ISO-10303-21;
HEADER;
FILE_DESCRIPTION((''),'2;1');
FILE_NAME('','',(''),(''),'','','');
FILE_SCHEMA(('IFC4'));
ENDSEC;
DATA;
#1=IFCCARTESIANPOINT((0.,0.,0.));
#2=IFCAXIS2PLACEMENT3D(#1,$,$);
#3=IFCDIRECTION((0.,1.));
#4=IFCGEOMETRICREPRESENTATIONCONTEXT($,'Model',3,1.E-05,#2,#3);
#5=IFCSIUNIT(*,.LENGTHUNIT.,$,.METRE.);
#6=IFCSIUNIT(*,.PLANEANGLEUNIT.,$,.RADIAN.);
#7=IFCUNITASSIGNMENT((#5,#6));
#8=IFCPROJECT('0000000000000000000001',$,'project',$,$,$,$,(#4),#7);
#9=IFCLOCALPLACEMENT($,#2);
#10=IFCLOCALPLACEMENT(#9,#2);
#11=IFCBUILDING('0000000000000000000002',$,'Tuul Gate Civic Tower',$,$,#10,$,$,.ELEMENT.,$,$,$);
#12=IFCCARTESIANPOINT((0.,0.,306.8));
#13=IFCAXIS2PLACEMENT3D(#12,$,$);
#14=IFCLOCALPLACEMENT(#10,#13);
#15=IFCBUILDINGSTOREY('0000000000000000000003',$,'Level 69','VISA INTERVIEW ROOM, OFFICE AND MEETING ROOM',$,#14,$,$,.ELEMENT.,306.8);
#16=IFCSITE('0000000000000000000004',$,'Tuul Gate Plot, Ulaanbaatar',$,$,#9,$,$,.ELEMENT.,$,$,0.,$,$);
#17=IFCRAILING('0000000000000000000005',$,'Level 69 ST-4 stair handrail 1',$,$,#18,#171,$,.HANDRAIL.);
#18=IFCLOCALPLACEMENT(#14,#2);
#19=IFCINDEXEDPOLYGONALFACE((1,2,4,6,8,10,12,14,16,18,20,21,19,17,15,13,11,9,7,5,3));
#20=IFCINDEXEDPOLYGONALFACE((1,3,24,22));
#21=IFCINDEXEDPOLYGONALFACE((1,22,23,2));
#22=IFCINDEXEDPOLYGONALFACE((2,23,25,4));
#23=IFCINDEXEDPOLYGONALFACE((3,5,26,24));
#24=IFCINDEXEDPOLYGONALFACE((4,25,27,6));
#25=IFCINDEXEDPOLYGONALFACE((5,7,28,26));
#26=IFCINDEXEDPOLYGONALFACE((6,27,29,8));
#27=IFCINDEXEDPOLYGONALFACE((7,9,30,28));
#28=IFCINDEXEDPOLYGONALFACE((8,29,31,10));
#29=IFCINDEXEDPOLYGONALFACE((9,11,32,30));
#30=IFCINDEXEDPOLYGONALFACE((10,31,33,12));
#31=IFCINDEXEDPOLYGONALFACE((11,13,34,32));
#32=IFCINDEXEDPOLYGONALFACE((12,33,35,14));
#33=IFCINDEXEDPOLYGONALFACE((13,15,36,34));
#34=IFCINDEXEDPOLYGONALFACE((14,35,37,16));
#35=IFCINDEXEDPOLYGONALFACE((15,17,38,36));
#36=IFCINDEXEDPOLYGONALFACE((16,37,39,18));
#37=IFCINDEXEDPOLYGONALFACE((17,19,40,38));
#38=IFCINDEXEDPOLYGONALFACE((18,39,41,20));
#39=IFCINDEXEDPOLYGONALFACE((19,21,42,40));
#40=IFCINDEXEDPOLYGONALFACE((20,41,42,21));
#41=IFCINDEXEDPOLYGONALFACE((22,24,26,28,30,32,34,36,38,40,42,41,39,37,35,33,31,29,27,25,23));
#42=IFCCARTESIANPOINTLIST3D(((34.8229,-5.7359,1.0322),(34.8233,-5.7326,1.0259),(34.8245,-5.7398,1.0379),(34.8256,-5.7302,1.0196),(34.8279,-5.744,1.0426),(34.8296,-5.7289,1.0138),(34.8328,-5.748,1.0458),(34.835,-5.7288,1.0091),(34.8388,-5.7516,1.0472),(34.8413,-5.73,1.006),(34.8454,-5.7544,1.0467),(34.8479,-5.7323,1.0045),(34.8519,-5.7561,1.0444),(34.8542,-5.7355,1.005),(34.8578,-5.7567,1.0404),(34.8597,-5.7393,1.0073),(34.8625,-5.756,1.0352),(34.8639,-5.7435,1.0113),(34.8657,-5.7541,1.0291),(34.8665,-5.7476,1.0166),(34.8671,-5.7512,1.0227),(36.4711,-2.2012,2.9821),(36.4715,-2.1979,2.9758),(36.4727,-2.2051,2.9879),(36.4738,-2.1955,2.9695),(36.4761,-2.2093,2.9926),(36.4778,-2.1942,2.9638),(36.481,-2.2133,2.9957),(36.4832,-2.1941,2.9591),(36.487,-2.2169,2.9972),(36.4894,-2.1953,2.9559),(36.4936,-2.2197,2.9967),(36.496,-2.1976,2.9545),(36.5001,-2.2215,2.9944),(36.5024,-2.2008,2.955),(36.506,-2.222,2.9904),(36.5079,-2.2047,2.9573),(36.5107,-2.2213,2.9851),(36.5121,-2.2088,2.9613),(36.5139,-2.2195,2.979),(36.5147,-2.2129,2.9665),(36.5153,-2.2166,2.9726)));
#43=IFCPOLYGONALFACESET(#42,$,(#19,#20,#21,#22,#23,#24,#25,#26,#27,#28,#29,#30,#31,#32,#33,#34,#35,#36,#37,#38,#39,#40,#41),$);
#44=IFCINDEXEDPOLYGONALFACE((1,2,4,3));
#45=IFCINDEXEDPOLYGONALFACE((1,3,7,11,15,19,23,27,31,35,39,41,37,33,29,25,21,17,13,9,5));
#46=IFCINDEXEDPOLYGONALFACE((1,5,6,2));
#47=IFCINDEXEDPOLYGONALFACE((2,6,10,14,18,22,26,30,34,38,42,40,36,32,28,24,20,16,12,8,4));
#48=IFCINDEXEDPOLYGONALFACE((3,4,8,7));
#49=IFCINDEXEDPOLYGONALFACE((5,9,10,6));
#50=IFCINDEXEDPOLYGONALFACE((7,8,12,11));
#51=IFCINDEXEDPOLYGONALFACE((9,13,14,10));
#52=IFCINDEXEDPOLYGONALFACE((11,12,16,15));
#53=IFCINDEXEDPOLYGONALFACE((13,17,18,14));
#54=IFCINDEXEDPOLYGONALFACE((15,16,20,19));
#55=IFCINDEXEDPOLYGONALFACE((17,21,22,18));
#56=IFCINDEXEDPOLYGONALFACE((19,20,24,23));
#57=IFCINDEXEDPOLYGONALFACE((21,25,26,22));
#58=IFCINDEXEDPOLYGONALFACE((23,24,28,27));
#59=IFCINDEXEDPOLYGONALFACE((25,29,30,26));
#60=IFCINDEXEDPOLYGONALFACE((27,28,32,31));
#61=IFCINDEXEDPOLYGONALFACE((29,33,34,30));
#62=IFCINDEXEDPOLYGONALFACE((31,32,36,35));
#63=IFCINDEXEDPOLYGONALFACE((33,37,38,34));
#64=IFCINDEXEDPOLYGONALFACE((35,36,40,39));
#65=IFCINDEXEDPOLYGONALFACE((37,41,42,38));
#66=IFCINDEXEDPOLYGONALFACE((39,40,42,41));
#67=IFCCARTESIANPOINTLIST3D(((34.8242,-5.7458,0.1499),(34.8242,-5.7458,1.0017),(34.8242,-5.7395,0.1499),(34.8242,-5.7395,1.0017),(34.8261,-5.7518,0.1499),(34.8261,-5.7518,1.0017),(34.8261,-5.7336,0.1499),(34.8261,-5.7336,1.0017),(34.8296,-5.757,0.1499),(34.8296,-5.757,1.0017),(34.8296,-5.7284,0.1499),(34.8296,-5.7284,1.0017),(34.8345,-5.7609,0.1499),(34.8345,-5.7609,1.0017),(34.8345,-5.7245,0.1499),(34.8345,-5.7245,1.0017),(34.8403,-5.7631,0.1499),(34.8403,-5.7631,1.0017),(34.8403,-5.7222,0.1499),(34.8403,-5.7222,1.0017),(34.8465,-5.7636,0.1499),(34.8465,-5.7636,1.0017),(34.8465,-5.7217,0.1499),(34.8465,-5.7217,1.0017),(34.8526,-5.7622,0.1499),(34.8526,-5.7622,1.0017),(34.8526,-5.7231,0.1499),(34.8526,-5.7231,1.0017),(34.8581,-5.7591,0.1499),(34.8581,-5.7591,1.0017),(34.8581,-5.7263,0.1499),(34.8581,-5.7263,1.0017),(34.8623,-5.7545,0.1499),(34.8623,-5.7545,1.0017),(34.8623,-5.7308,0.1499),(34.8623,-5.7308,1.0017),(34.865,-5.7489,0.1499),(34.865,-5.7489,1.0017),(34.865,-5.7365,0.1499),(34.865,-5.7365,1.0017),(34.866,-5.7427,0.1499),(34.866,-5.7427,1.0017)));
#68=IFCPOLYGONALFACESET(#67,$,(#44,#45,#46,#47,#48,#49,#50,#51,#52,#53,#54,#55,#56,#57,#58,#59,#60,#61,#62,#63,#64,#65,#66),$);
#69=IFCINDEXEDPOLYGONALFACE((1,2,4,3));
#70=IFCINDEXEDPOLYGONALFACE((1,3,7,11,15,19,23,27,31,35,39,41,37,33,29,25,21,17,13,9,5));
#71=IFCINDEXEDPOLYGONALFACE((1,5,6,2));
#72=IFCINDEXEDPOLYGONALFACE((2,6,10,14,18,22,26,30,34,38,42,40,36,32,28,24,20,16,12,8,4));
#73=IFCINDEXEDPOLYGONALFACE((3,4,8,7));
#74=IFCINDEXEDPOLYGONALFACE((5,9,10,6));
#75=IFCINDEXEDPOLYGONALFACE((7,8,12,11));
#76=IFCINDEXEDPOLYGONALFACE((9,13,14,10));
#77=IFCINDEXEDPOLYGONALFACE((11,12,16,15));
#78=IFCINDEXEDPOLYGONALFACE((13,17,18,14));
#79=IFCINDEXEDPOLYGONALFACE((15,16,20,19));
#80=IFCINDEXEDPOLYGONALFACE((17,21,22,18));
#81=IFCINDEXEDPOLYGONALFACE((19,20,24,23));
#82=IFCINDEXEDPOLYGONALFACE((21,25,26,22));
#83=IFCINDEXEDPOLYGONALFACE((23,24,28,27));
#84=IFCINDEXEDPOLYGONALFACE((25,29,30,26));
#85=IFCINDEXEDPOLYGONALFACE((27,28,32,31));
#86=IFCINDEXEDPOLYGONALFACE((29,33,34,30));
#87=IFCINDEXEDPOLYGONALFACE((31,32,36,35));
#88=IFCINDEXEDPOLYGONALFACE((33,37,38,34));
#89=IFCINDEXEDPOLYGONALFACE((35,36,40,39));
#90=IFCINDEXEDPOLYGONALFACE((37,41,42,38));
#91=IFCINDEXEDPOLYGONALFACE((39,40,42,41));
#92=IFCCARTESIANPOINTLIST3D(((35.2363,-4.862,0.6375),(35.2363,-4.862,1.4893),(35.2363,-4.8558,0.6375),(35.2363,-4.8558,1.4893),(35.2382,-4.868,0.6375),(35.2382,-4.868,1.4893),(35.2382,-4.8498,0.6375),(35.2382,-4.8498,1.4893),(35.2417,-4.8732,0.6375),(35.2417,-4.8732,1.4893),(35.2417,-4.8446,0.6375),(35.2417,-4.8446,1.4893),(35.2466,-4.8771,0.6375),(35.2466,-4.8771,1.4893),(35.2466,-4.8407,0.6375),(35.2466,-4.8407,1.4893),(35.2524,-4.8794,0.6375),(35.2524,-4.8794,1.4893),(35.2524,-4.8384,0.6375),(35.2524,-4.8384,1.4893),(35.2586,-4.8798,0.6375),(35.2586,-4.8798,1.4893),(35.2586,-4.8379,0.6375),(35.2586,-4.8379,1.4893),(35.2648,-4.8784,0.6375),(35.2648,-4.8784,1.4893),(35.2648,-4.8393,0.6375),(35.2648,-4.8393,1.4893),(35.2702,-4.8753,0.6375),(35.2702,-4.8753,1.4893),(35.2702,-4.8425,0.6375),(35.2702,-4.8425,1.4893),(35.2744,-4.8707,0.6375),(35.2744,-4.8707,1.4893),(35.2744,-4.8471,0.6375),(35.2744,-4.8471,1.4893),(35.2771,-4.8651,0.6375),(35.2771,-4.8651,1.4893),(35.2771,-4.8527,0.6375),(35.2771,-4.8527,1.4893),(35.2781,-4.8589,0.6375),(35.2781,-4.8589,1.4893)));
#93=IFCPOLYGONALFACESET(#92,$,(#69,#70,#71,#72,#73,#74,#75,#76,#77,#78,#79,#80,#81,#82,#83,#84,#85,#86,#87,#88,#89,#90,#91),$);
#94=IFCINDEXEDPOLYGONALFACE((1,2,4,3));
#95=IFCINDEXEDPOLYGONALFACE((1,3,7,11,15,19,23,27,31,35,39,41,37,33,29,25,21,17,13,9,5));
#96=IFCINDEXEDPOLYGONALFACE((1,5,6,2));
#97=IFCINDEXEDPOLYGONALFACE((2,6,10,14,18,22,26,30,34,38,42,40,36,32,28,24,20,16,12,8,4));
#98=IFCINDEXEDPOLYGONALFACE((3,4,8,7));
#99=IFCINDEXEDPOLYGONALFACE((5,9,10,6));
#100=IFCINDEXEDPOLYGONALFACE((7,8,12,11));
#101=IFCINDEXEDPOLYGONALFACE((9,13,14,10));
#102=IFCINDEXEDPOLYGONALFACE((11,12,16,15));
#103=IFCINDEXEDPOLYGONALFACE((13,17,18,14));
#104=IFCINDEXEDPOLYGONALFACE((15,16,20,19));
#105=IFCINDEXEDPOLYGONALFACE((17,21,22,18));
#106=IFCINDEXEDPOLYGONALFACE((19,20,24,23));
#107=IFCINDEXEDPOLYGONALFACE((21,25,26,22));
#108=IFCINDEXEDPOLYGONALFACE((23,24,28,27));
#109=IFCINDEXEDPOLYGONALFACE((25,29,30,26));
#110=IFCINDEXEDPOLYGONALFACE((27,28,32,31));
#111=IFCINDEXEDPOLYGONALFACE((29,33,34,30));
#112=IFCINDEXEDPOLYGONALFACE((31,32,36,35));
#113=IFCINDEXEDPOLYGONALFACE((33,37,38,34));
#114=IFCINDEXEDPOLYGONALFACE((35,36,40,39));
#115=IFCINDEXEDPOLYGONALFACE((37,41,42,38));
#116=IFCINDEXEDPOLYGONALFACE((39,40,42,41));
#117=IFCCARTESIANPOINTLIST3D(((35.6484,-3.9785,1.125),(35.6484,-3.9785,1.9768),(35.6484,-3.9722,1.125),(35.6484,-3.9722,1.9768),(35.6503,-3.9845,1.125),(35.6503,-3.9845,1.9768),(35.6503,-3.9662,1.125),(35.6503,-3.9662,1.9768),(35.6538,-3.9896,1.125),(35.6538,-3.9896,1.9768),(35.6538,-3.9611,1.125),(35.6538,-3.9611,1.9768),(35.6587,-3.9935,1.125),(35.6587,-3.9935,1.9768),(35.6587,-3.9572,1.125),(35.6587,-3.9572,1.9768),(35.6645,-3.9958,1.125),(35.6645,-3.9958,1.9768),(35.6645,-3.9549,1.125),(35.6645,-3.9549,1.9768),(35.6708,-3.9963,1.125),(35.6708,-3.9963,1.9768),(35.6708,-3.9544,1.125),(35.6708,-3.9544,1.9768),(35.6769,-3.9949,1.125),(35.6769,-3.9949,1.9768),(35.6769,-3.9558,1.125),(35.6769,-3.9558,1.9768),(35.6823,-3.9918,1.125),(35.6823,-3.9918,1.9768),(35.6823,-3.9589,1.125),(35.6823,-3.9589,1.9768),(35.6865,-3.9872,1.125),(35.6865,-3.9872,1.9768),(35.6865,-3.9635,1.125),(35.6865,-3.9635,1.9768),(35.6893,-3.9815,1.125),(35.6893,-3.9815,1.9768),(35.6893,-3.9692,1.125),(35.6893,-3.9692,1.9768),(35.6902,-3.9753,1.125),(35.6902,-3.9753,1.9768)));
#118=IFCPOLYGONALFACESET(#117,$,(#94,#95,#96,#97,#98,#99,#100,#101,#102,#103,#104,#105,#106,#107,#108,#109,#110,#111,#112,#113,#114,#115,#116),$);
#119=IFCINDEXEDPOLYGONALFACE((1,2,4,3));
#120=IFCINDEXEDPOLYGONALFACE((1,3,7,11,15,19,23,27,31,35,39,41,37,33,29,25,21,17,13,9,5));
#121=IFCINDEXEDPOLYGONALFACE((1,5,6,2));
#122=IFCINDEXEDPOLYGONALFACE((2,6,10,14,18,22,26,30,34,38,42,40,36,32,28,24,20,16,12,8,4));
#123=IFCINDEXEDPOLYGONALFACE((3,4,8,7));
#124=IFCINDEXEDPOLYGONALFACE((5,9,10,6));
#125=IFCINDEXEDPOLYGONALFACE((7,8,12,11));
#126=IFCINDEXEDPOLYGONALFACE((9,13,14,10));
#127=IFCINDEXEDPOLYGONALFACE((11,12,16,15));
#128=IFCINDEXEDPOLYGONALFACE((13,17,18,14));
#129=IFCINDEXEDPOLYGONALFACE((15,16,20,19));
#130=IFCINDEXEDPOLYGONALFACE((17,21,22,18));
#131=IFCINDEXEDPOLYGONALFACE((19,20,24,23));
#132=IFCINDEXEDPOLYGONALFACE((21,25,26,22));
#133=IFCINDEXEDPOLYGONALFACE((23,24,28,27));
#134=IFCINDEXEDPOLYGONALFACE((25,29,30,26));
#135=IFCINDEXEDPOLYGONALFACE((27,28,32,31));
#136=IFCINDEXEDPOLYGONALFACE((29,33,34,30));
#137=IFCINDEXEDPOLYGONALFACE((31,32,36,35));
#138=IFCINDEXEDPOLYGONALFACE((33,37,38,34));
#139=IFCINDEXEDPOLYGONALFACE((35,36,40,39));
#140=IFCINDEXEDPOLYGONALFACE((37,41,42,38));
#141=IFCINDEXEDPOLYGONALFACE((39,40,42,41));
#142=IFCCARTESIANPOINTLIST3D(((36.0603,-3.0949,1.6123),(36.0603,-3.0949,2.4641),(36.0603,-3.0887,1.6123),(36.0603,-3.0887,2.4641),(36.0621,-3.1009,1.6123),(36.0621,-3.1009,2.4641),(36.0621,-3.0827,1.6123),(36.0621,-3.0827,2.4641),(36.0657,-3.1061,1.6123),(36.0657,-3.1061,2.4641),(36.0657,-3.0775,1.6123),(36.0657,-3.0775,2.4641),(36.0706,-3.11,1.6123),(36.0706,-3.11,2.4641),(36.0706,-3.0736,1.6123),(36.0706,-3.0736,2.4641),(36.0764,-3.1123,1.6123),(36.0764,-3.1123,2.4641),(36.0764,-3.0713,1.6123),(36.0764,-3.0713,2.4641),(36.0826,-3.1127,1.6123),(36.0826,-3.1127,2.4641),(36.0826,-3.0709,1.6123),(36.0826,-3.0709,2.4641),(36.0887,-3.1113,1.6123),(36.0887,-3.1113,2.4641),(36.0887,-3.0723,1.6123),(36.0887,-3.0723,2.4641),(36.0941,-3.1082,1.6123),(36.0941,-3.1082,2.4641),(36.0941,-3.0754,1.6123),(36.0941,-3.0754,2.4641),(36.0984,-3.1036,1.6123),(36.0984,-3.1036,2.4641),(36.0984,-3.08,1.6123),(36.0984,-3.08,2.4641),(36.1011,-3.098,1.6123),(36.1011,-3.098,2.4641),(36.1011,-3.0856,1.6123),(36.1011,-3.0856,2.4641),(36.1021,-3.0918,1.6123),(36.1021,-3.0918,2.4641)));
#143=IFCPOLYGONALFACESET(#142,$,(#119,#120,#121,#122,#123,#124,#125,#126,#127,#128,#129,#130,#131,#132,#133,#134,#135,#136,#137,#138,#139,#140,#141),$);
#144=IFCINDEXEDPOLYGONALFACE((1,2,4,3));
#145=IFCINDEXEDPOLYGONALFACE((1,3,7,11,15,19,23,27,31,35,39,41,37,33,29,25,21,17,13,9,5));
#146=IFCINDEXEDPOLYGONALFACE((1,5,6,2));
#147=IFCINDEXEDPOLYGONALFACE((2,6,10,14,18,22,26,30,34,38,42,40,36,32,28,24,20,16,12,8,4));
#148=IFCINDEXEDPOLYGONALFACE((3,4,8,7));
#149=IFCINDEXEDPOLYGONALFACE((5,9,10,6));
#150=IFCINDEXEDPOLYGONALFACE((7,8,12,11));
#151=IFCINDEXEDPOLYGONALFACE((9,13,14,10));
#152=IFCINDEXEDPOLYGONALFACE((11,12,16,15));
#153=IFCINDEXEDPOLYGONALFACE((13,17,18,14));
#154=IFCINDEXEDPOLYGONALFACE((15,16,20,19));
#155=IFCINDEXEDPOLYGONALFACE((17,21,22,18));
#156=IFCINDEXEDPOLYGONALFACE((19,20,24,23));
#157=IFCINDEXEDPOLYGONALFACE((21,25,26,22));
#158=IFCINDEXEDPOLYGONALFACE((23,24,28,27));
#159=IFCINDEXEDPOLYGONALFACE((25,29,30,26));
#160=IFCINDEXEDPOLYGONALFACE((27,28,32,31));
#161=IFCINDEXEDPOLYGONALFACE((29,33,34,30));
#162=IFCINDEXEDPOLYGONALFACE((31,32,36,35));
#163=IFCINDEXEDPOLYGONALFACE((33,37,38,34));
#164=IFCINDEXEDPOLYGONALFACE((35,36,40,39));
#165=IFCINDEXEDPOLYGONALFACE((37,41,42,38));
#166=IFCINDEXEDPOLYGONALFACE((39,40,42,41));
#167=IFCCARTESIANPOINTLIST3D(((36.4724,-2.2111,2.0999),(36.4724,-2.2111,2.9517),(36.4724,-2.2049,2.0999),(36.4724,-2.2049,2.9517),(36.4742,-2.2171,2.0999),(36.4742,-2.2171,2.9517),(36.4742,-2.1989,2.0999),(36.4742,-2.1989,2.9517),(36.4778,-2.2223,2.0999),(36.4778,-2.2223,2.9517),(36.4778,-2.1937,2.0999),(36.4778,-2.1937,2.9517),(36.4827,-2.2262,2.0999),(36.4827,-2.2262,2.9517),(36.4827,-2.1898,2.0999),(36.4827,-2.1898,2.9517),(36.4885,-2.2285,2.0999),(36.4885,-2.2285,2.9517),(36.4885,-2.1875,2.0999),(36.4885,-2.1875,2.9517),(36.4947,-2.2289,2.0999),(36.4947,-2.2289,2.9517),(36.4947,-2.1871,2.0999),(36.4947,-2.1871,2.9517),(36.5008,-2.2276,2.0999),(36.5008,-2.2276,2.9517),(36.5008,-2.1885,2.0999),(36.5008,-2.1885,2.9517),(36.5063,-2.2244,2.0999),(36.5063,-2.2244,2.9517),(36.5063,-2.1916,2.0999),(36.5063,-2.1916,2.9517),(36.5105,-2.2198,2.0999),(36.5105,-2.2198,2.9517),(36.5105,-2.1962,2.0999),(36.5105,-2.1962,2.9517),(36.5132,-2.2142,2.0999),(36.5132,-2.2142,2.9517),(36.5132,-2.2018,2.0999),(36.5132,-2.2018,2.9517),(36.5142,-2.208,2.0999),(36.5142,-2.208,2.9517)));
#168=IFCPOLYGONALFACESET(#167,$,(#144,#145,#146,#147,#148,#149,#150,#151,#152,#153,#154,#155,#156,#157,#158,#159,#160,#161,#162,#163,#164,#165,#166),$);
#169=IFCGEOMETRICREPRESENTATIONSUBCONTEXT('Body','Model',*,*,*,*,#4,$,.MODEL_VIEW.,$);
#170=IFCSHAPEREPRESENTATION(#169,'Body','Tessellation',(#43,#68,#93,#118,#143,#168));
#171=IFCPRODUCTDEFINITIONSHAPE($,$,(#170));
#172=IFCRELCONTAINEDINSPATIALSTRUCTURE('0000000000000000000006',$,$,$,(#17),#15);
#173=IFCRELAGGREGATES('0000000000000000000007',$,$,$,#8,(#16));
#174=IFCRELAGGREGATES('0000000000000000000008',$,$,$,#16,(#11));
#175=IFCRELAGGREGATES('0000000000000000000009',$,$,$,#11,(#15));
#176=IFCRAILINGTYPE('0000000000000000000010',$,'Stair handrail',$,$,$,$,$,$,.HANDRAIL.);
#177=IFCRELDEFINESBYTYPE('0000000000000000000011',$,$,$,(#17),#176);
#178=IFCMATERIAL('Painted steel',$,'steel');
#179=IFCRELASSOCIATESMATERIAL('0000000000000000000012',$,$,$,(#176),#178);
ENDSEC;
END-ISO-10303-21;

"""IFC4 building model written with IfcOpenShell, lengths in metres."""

from ifc_helpers import new_model, si_unit, direction, frame, origin, origin_2d, place, context, subcontext, project, spatial, circle, extrude, material, type_object, element, save


model = new_model("IFC4")

# Units and contexts
model_context = context("Model", 3, precision=1e-05, world=origin(), true_north=direction((0.0, 1.0)))
body_context = subcontext(model_context, "Body", "Model", "MODEL_VIEW")
ifc_project = project(units=[si_unit("LENGTHUNIT", "METRE"), si_unit("PLANEANGLEUNIT", "RADIAN")], contexts=[model_context])

# Site, building, storey
site_placement = place(None, origin())
site = spatial("IfcSite", under=ifc_project, at=site_placement, Name="Tuul Gate Plot, Ulaanbaatar", CompositionType="ELEMENT", RefElevation=0.0)
building_placement = place(site_placement, origin())
building = spatial("IfcBuilding", under=site, at=building_placement, Name="Tuul Gate Civic Tower", CompositionType="ELEMENT")
storey_placement = place(building_placement, frame((0.0, 0.0, 306.8)))
storey = spatial("IfcBuildingStorey", under=building, at=storey_placement, Name="Level 69", Description="VISA INTERVIEW ROOM, OFFICE AND MEETING ROOM", CompositionType="ELEMENT", Elevation=306.8)

# Railing
ifc_material_1 = material(Name="Painted steel", Category="steel")
railing_type_1 = type_object("IfcRailingType", Name="Stair handrail", PredefinedType="HANDRAIL", material=ifc_material_1)
railing_1_placement = place(storey_placement, frame((34.845, -5.7427, 0.1499)))
element("IfcRailing", 1, at=railing_1_placement, inside=storey, type_object=railing_type_1, Name="Level 69 ST-4 stair handrail 1", PredefinedType="HANDRAIL", context=body_context, shape_type="SweptSolid", body=[
    extrude(circle(Radius=0.0239, at=origin_2d()), frame((0.0, 0.0, 0.876), z_axis=(0.377995, 0.810637, 0.4472), x_axis=(-0.906313, 0.422608, 0.0)), (0.0, 0.0, 1.0), 4.3604),
    extrude(circle(Radius=0.021, at=origin_2d()), origin(), (0.0, 0.0, 1.0), 0.8518),
    extrude(circle(Radius=0.021, at=origin_2d()), frame((0.4121, 0.8838, 0.4875)), (0.0, 0.0, 1.0), 0.8518),
    extrude(circle(Radius=0.021, at=origin_2d()), frame((0.8242, 1.7673, 0.9751)), (0.0, 0.0, 1.0), 0.8518),
    extrude(circle(Radius=0.021, at=origin_2d()), frame((1.2361, 2.6509, 1.4624)), (0.0, 0.0, 1.0), 0.8518),
    extrude(circle(Radius=0.021, at=origin_2d()), frame((1.6482, 3.5347, 1.95)), (0.0, 0.0, 1.0), 0.8518),
])

save(model, "model.ifc")
